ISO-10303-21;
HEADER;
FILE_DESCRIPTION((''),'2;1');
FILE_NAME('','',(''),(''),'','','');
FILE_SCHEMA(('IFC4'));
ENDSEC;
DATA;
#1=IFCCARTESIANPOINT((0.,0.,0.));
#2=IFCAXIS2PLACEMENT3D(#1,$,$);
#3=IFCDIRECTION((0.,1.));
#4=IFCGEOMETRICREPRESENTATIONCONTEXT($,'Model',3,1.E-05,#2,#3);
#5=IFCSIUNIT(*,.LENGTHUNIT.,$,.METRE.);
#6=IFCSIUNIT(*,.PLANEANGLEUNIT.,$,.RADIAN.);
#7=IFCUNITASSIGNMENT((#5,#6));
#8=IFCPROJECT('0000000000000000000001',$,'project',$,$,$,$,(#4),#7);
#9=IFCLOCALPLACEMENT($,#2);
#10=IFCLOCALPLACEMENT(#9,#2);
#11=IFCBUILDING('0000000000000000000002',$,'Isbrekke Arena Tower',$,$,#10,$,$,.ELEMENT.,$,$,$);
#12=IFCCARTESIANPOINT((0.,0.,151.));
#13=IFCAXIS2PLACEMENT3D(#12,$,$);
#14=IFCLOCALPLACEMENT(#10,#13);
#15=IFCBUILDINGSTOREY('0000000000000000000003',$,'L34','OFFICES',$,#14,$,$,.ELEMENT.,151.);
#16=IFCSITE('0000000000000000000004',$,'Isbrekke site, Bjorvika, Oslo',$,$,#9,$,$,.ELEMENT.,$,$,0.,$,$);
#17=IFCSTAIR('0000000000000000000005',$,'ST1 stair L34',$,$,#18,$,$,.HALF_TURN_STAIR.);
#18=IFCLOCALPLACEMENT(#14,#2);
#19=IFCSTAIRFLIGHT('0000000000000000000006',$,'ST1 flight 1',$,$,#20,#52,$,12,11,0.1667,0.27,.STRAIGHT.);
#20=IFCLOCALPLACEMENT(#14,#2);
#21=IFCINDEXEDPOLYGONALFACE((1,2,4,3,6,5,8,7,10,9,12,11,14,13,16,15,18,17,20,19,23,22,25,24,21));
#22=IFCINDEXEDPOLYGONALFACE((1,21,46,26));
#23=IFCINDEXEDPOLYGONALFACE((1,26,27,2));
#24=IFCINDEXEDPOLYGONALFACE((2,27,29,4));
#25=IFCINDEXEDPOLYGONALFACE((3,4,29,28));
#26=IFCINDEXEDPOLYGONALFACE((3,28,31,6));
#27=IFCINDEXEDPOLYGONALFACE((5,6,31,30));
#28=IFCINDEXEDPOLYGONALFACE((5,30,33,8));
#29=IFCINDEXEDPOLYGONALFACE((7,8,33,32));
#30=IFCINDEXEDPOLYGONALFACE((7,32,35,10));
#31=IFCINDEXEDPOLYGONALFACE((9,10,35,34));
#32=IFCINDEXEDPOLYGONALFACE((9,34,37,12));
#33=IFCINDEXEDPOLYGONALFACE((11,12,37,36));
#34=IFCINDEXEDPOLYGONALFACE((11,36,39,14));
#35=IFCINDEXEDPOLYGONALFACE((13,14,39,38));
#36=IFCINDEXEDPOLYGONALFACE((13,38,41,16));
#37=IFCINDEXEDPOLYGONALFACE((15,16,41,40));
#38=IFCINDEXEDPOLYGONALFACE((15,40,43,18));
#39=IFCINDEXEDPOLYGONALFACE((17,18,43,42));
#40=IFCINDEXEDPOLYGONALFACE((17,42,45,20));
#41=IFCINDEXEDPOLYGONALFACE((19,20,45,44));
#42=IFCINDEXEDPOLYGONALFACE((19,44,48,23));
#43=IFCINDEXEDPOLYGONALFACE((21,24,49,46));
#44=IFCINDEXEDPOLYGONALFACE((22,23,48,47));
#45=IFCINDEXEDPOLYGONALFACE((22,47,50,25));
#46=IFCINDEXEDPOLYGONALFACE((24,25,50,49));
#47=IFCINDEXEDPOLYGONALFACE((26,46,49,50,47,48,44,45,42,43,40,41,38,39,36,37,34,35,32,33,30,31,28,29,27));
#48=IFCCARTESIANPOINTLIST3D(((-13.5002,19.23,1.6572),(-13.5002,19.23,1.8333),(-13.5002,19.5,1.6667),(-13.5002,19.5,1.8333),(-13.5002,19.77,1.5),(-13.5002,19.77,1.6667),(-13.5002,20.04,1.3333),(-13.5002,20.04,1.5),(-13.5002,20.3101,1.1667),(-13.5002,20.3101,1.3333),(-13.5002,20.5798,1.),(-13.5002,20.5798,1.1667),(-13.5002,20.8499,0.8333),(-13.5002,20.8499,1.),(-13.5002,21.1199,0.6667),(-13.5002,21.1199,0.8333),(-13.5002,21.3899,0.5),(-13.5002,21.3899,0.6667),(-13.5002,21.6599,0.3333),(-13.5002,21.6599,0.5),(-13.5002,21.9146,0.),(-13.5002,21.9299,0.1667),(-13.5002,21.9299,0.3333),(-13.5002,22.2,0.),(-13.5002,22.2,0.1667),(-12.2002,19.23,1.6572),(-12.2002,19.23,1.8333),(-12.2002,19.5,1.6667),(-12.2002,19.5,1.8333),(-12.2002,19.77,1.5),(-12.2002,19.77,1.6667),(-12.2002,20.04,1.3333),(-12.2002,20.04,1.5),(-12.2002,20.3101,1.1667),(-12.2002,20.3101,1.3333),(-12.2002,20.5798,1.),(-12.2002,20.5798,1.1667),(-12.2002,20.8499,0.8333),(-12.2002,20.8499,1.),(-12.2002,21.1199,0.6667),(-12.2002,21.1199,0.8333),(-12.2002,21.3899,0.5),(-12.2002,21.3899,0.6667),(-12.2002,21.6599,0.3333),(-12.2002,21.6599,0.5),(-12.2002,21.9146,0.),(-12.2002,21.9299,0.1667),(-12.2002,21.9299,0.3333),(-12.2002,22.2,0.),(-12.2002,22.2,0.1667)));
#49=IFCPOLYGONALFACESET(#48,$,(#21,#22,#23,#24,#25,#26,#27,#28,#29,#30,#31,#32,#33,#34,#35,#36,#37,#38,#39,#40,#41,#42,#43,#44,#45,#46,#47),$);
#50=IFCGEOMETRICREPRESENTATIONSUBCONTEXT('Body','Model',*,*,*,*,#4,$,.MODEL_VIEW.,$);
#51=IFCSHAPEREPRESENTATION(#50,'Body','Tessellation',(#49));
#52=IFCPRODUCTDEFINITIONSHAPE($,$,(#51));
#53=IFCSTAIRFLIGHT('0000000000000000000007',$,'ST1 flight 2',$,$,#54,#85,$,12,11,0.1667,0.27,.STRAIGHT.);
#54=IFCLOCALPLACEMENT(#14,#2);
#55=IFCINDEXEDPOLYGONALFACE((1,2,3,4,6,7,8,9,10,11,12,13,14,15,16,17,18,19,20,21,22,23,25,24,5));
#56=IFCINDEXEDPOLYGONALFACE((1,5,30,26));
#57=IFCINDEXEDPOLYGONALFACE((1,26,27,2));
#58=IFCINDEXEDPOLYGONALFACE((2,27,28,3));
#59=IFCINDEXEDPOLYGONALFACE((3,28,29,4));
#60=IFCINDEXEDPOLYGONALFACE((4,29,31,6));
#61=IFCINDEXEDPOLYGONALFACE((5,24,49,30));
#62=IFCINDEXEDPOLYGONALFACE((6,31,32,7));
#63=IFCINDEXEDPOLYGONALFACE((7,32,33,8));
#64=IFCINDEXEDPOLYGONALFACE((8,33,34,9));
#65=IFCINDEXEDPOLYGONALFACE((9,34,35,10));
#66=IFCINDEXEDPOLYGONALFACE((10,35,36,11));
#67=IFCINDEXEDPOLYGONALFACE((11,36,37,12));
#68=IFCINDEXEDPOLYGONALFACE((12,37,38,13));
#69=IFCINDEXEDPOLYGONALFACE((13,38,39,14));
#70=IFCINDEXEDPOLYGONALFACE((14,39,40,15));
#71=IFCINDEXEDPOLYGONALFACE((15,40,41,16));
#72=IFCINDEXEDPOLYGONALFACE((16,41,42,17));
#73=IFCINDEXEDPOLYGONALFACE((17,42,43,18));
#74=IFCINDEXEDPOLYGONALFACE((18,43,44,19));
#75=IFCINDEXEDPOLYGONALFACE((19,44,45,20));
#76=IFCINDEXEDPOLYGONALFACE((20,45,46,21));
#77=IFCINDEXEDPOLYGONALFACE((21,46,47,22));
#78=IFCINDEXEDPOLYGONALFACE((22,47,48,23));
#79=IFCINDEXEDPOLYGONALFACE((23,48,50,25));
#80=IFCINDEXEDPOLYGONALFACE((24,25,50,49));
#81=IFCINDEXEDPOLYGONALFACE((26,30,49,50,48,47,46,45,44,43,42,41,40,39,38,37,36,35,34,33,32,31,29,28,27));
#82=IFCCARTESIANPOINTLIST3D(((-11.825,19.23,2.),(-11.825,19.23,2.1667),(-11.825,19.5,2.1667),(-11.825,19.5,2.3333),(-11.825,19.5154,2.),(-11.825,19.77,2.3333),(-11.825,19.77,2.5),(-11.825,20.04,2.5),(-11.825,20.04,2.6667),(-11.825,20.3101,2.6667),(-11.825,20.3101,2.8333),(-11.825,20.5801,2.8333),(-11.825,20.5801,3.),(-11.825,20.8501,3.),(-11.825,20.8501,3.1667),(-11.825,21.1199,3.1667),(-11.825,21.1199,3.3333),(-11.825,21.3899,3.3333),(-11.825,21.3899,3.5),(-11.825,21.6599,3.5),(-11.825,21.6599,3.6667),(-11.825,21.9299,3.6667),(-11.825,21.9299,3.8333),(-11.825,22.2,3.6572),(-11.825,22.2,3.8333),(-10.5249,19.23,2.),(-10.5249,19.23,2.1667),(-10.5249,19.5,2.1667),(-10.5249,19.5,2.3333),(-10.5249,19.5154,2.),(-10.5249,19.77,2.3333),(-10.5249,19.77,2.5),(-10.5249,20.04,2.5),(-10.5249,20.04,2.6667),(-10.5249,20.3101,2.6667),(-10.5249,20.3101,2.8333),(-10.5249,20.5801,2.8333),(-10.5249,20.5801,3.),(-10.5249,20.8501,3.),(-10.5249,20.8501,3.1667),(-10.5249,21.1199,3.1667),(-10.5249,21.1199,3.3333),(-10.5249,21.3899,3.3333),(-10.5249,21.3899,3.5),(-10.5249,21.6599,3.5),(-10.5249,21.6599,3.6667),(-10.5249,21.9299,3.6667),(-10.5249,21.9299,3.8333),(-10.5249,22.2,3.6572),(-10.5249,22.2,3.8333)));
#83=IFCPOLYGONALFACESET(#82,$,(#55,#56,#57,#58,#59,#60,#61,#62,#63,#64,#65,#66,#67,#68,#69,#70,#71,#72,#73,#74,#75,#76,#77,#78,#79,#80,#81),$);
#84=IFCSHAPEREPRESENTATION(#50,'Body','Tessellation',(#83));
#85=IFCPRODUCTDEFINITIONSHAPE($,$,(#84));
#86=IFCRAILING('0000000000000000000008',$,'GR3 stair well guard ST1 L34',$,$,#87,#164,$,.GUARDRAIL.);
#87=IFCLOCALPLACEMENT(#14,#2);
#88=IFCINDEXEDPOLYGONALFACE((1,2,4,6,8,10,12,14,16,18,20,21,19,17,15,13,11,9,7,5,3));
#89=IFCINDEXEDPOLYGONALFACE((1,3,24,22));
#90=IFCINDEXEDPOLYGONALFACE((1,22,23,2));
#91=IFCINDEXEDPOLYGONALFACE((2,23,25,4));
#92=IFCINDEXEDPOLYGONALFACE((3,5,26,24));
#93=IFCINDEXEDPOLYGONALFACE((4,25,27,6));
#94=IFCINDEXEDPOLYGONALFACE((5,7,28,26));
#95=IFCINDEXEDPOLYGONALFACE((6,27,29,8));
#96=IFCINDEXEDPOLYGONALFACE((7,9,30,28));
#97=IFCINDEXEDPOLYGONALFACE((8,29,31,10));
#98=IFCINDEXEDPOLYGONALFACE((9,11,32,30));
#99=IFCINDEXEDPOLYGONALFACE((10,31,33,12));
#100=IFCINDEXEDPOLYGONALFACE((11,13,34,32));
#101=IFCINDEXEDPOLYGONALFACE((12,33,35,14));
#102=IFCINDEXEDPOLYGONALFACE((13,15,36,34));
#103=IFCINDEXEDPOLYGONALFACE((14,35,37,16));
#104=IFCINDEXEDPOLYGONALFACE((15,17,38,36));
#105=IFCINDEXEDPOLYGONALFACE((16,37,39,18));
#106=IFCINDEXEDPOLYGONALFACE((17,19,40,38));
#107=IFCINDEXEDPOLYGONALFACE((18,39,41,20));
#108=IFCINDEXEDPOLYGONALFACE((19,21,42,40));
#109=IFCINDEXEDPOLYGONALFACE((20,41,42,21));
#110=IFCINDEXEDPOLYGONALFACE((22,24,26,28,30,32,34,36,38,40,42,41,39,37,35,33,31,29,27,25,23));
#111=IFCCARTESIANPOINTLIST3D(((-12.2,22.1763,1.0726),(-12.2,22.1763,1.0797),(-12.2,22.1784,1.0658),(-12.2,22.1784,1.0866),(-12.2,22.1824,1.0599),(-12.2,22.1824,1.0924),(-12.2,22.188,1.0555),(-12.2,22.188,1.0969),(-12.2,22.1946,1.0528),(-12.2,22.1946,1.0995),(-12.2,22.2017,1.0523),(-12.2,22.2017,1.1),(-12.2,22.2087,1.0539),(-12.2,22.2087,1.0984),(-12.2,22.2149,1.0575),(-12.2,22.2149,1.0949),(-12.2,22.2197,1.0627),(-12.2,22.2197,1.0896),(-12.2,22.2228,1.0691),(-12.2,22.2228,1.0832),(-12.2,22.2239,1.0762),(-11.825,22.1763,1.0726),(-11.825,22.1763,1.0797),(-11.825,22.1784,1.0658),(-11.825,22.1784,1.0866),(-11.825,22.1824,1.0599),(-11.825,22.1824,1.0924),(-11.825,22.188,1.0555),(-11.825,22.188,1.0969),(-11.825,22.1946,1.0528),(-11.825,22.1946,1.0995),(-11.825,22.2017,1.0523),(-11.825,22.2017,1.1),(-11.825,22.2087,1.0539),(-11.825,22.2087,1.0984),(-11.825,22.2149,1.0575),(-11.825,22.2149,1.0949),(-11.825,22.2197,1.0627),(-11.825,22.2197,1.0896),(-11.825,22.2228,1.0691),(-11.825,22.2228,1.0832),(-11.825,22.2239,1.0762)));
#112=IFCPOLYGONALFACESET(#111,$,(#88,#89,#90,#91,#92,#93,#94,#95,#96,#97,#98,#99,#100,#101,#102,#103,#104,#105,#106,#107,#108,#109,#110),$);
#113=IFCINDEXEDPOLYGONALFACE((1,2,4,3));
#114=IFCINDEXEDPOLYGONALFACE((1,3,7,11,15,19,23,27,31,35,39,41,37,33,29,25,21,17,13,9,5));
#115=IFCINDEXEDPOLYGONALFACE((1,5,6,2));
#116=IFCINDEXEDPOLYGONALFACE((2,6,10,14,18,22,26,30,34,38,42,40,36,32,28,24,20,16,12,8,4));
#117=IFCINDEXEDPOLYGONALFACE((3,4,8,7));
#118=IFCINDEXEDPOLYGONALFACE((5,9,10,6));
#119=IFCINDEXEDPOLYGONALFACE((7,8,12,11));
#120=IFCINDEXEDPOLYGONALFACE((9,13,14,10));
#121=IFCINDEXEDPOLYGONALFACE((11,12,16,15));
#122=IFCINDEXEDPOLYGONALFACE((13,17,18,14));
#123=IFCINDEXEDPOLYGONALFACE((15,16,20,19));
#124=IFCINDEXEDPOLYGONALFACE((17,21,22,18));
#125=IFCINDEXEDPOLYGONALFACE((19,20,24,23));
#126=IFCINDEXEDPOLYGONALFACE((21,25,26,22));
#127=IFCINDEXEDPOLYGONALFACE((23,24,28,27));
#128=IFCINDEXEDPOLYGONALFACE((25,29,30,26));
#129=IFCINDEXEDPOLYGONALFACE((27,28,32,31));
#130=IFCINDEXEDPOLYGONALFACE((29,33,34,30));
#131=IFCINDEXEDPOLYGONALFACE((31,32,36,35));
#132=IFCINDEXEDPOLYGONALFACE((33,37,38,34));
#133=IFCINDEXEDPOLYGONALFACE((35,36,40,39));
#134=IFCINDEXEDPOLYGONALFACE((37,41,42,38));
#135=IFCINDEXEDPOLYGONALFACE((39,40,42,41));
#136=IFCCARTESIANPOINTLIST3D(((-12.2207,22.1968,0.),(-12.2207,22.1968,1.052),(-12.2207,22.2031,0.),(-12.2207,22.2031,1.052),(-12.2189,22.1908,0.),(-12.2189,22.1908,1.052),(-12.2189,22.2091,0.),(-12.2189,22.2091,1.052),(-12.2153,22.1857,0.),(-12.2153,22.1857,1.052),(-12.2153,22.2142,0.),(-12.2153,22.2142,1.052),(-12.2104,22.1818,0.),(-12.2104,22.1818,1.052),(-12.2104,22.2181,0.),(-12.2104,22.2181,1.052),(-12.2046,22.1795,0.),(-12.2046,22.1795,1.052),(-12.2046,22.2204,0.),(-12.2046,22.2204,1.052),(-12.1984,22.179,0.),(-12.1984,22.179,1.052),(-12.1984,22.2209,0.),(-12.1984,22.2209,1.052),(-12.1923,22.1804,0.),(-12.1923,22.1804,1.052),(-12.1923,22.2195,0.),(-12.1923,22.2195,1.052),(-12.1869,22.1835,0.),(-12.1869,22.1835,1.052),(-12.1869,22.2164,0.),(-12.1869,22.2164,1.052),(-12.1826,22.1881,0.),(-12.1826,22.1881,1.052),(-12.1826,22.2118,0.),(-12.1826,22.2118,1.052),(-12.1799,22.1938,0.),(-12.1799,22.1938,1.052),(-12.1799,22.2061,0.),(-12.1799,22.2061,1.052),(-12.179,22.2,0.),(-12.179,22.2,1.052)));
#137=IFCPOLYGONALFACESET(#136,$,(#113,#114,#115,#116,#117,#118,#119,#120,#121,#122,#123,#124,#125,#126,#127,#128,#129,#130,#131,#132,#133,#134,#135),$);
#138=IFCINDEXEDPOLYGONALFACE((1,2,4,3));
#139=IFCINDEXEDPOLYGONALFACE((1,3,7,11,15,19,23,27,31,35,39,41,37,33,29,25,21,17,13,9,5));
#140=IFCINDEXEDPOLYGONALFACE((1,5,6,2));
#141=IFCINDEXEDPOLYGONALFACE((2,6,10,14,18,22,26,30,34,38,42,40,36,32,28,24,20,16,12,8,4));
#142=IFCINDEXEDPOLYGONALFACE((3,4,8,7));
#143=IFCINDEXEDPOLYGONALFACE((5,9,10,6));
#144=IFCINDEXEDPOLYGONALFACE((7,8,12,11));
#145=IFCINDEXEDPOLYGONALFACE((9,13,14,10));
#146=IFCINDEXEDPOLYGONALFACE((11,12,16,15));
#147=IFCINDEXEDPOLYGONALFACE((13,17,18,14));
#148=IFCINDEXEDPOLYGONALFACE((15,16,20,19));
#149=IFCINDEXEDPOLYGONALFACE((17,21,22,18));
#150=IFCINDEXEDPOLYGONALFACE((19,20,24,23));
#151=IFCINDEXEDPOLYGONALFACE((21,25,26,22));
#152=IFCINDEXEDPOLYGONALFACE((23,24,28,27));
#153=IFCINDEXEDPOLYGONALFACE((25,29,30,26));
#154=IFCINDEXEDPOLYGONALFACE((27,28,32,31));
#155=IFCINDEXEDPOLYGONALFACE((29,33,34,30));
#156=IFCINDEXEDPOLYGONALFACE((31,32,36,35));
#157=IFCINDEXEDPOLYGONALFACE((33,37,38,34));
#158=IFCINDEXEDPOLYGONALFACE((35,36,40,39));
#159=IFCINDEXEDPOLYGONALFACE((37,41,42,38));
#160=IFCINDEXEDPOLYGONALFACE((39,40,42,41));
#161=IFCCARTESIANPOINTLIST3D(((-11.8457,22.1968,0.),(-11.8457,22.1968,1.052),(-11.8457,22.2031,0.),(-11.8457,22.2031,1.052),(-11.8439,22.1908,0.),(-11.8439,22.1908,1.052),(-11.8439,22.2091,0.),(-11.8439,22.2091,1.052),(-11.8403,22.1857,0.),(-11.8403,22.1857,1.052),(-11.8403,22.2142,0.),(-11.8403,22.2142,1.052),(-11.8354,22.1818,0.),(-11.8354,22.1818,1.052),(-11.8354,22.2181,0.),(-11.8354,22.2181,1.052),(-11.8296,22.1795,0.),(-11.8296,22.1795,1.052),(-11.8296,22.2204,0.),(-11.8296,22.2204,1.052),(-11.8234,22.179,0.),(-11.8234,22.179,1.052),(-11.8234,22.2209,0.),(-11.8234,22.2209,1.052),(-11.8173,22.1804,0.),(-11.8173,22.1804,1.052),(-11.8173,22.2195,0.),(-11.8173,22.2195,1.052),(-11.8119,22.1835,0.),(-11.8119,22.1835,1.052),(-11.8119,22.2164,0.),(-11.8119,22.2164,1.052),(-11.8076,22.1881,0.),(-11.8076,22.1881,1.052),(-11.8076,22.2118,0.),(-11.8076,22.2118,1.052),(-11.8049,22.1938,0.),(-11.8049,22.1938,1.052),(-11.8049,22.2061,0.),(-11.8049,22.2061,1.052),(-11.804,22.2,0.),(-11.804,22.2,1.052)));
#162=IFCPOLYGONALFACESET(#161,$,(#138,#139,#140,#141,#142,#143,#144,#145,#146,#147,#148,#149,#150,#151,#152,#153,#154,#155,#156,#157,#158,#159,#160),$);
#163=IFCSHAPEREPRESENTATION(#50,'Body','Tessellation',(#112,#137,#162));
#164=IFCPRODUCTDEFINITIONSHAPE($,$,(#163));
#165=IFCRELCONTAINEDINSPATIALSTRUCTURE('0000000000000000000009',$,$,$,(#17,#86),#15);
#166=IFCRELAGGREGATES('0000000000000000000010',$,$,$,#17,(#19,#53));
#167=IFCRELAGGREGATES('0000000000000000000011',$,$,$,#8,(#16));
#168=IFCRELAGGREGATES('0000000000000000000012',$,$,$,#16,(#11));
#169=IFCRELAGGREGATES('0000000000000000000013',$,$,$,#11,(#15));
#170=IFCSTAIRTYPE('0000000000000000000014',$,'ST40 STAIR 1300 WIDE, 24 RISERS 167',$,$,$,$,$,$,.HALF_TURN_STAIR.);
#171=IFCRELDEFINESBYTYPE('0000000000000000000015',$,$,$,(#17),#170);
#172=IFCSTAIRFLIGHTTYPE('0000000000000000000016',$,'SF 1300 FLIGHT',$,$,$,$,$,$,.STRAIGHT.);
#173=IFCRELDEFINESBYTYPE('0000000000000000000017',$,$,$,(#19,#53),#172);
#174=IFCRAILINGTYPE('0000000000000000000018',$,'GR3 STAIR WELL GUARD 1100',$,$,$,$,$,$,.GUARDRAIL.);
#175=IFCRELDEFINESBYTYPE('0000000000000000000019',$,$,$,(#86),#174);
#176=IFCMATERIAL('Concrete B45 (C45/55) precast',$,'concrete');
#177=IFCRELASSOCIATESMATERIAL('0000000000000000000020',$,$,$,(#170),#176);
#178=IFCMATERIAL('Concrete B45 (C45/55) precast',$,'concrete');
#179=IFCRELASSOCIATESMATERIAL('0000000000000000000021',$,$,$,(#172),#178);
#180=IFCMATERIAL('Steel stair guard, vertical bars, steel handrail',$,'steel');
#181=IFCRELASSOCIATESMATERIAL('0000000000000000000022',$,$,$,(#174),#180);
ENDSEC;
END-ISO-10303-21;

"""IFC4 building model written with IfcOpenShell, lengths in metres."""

from ifc_helpers import new_model, si_unit, direction, frame, origin, origin_2d, place, context, subcontext, project, spatial, polyline, circle, outline, extrude, material, type_object, element, aggregate, save


model = new_model("IFC4")

# Units and contexts
model_context = context("Model", 3, precision=1e-05, world=origin(), true_north=direction((0.0, 1.0)))
body_context = subcontext(model_context, "Body", "Model", "MODEL_VIEW")
ifc_project = project(units=[si_unit("LENGTHUNIT", "METRE"), si_unit("PLANEANGLEUNIT", "RADIAN")], contexts=[model_context])

# Site, building, storey
site_placement = place(None, origin())
site = spatial("IfcSite", under=ifc_project, at=site_placement, Name="Isbrekke site, Bjorvika, Oslo", CompositionType="ELEMENT", RefElevation=0.0)
building_placement = place(site_placement, origin())
building = spatial("IfcBuilding", under=site, at=building_placement, Name="Isbrekke Arena Tower", CompositionType="ELEMENT")
storey_placement = place(building_placement, frame((0.0, 0.0, 151.0)))
storey = spatial("IfcBuildingStorey", under=building, at=storey_placement, Name="L34", Description="OFFICES", CompositionType="ELEMENT", Elevation=151.0)

# Stair, stair flights
ifc_material_1 = material(Name="Concrete B45 (C45/55) precast", Category="concrete")
stair_type = type_object("IfcStairType", Name="ST40 STAIR 1300 WIDE, 24 RISERS 167", PredefinedType="HALF_TURN_STAIR", material=ifc_material_1)
stair_placement = place(storey_placement, origin())
stair = element("IfcStair", 1, at=stair_placement, inside=storey, type_object=stair_type, Name="ST1 stair L34", PredefinedType="HALF_TURN_STAIR")
ifc_material_2 = material(Name="Concrete B45 (C45/55) precast", Category="concrete")
stair_flight_type = type_object("IfcStairFlightType", Name="SF 1300 FLIGHT", PredefinedType="STRAIGHT", material=ifc_material_2)
stair_flight_1_placement = place(storey_placement, frame((-12.8501, 22.2, 0.0), z_axis=(0.0, 0.0, 1.0), x_axis=(0.0, -1.0, 0.0)))
stair_flight_1 = element("IfcStairFlight", 2, at=stair_flight_1_placement, type_object=stair_flight_type, Name="ST1 flight 1", NumberOfRisers=12, NumberOfTreads=11, PredefinedType="STRAIGHT", RiserHeight=0.1667, TreadLength=0.27, context=body_context, shape_type="SweptSolid", body=[
    extrude(outline(polyline([(0.0, 0.0), (0.0, 0.1667), (0.27, 0.1667), (0.27, 0.3333), (0.54, 0.3333), (0.54, 0.5), (0.8101, 0.5), (0.8101, 0.6667), (1.0801, 0.6667), (1.0801, 0.8333), (1.3501, 0.8333), (1.3501, 1.0), (1.6201, 1.0), (1.6201, 1.1667), (1.8899, 1.1667), (1.8899, 1.3333), (2.1599, 1.3333), (2.1599, 1.5), (2.4299, 1.5), (2.4299, 1.6667), (2.7, 1.6667), (2.7, 1.8333), (2.97, 1.8333), (2.97, 2.0), (2.97, 1.6572), (0.2854, 0.0), (0.0, 0.0)])), frame((0.0, 0.6499, 0.0), z_axis=(0.0, -1.0, 0.0), x_axis=(1.0, 0.0, 0.0)), (0.0, 0.0, 1.0), 1.3),
])
stair_flight_2_placement = place(storey_placement, frame((-11.175, 19.23, 2.0), z_axis=(0.0, 0.0, 1.0), x_axis=(0.0, 1.0, 0.0)))
stair_flight_2 = element("IfcStairFlight", 3, at=stair_flight_2_placement, type_object=stair_flight_type, Name="ST1 flight 2", NumberOfRisers=12, NumberOfTreads=11, PredefinedType="STRAIGHT", RiserHeight=0.1667, TreadLength=0.27, context=body_context, shape_type="SweptSolid", body=[
    extrude(outline(polyline([(0.0, 0.0), (0.0, 0.1667), (0.27, 0.1667), (0.27, 0.3333), (0.54, 0.3333), (0.54, 0.5), (0.8101, 0.5), (0.8101, 0.6667), (1.0801, 0.6667), (1.0801, 0.8333), (1.3501, 0.8333), (1.3501, 1.0), (1.6201, 1.0), (1.6201, 1.1667), (1.8899, 1.1667), (1.8899, 1.3333), (2.1599, 1.3333), (2.1599, 1.5), (2.4299, 1.5), (2.4299, 1.6667), (2.7, 1.6667), (2.7, 1.8333), (2.97, 1.8333), (2.97, 2.0), (2.97, 1.6572), (0.2854, 0.0), (0.0, 0.0)])), frame((0.0, 0.6499, 0.0), z_axis=(0.0, -1.0, 0.0), x_axis=(1.0, 0.0, 0.0)), (0.0, 0.0, 1.0), 1.3),
])
aggregate(stair, [stair_flight_1, stair_flight_2])

# Railing
ifc_material_3 = material(Name="Steel stair guard, vertical bars, steel handrail", Category="steel")
railing_type = type_object("IfcRailingType", Name="GR3 STAIR WELL GUARD 1100", PredefinedType="GUARDRAIL", material=ifc_material_3)
for number, where, name in (
    (4, (-12.2, 22.2, 0.0), "GR3 stair well guard ST1 L34"),
):
    element("IfcRailing", number, at=place(storey_placement, frame(where)), inside=storey, type_object=railing_type, Name=name, PredefinedType="GUARDRAIL", context=body_context, shape_type="SweptSolid", body=[
        extrude(circle(Radius=0.0239, at=origin_2d()), frame((0.0, 0.0, 1.0762), z_axis=(1.0, 0.0, 0.0), x_axis=(0.0, 1.0, 0.0)), (0.0, 0.0, 1.0), 0.375),
        extrude(circle(Radius=0.021, at=origin_2d()), origin(), (0.0, 0.0, 1.0), 1.052),
        extrude(circle(Radius=0.021, at=origin_2d()), frame((0.375, 0.0, 0.0)), (0.0, 0.0, 1.0), 1.052),
    ])

save(model, "model.ifc")
